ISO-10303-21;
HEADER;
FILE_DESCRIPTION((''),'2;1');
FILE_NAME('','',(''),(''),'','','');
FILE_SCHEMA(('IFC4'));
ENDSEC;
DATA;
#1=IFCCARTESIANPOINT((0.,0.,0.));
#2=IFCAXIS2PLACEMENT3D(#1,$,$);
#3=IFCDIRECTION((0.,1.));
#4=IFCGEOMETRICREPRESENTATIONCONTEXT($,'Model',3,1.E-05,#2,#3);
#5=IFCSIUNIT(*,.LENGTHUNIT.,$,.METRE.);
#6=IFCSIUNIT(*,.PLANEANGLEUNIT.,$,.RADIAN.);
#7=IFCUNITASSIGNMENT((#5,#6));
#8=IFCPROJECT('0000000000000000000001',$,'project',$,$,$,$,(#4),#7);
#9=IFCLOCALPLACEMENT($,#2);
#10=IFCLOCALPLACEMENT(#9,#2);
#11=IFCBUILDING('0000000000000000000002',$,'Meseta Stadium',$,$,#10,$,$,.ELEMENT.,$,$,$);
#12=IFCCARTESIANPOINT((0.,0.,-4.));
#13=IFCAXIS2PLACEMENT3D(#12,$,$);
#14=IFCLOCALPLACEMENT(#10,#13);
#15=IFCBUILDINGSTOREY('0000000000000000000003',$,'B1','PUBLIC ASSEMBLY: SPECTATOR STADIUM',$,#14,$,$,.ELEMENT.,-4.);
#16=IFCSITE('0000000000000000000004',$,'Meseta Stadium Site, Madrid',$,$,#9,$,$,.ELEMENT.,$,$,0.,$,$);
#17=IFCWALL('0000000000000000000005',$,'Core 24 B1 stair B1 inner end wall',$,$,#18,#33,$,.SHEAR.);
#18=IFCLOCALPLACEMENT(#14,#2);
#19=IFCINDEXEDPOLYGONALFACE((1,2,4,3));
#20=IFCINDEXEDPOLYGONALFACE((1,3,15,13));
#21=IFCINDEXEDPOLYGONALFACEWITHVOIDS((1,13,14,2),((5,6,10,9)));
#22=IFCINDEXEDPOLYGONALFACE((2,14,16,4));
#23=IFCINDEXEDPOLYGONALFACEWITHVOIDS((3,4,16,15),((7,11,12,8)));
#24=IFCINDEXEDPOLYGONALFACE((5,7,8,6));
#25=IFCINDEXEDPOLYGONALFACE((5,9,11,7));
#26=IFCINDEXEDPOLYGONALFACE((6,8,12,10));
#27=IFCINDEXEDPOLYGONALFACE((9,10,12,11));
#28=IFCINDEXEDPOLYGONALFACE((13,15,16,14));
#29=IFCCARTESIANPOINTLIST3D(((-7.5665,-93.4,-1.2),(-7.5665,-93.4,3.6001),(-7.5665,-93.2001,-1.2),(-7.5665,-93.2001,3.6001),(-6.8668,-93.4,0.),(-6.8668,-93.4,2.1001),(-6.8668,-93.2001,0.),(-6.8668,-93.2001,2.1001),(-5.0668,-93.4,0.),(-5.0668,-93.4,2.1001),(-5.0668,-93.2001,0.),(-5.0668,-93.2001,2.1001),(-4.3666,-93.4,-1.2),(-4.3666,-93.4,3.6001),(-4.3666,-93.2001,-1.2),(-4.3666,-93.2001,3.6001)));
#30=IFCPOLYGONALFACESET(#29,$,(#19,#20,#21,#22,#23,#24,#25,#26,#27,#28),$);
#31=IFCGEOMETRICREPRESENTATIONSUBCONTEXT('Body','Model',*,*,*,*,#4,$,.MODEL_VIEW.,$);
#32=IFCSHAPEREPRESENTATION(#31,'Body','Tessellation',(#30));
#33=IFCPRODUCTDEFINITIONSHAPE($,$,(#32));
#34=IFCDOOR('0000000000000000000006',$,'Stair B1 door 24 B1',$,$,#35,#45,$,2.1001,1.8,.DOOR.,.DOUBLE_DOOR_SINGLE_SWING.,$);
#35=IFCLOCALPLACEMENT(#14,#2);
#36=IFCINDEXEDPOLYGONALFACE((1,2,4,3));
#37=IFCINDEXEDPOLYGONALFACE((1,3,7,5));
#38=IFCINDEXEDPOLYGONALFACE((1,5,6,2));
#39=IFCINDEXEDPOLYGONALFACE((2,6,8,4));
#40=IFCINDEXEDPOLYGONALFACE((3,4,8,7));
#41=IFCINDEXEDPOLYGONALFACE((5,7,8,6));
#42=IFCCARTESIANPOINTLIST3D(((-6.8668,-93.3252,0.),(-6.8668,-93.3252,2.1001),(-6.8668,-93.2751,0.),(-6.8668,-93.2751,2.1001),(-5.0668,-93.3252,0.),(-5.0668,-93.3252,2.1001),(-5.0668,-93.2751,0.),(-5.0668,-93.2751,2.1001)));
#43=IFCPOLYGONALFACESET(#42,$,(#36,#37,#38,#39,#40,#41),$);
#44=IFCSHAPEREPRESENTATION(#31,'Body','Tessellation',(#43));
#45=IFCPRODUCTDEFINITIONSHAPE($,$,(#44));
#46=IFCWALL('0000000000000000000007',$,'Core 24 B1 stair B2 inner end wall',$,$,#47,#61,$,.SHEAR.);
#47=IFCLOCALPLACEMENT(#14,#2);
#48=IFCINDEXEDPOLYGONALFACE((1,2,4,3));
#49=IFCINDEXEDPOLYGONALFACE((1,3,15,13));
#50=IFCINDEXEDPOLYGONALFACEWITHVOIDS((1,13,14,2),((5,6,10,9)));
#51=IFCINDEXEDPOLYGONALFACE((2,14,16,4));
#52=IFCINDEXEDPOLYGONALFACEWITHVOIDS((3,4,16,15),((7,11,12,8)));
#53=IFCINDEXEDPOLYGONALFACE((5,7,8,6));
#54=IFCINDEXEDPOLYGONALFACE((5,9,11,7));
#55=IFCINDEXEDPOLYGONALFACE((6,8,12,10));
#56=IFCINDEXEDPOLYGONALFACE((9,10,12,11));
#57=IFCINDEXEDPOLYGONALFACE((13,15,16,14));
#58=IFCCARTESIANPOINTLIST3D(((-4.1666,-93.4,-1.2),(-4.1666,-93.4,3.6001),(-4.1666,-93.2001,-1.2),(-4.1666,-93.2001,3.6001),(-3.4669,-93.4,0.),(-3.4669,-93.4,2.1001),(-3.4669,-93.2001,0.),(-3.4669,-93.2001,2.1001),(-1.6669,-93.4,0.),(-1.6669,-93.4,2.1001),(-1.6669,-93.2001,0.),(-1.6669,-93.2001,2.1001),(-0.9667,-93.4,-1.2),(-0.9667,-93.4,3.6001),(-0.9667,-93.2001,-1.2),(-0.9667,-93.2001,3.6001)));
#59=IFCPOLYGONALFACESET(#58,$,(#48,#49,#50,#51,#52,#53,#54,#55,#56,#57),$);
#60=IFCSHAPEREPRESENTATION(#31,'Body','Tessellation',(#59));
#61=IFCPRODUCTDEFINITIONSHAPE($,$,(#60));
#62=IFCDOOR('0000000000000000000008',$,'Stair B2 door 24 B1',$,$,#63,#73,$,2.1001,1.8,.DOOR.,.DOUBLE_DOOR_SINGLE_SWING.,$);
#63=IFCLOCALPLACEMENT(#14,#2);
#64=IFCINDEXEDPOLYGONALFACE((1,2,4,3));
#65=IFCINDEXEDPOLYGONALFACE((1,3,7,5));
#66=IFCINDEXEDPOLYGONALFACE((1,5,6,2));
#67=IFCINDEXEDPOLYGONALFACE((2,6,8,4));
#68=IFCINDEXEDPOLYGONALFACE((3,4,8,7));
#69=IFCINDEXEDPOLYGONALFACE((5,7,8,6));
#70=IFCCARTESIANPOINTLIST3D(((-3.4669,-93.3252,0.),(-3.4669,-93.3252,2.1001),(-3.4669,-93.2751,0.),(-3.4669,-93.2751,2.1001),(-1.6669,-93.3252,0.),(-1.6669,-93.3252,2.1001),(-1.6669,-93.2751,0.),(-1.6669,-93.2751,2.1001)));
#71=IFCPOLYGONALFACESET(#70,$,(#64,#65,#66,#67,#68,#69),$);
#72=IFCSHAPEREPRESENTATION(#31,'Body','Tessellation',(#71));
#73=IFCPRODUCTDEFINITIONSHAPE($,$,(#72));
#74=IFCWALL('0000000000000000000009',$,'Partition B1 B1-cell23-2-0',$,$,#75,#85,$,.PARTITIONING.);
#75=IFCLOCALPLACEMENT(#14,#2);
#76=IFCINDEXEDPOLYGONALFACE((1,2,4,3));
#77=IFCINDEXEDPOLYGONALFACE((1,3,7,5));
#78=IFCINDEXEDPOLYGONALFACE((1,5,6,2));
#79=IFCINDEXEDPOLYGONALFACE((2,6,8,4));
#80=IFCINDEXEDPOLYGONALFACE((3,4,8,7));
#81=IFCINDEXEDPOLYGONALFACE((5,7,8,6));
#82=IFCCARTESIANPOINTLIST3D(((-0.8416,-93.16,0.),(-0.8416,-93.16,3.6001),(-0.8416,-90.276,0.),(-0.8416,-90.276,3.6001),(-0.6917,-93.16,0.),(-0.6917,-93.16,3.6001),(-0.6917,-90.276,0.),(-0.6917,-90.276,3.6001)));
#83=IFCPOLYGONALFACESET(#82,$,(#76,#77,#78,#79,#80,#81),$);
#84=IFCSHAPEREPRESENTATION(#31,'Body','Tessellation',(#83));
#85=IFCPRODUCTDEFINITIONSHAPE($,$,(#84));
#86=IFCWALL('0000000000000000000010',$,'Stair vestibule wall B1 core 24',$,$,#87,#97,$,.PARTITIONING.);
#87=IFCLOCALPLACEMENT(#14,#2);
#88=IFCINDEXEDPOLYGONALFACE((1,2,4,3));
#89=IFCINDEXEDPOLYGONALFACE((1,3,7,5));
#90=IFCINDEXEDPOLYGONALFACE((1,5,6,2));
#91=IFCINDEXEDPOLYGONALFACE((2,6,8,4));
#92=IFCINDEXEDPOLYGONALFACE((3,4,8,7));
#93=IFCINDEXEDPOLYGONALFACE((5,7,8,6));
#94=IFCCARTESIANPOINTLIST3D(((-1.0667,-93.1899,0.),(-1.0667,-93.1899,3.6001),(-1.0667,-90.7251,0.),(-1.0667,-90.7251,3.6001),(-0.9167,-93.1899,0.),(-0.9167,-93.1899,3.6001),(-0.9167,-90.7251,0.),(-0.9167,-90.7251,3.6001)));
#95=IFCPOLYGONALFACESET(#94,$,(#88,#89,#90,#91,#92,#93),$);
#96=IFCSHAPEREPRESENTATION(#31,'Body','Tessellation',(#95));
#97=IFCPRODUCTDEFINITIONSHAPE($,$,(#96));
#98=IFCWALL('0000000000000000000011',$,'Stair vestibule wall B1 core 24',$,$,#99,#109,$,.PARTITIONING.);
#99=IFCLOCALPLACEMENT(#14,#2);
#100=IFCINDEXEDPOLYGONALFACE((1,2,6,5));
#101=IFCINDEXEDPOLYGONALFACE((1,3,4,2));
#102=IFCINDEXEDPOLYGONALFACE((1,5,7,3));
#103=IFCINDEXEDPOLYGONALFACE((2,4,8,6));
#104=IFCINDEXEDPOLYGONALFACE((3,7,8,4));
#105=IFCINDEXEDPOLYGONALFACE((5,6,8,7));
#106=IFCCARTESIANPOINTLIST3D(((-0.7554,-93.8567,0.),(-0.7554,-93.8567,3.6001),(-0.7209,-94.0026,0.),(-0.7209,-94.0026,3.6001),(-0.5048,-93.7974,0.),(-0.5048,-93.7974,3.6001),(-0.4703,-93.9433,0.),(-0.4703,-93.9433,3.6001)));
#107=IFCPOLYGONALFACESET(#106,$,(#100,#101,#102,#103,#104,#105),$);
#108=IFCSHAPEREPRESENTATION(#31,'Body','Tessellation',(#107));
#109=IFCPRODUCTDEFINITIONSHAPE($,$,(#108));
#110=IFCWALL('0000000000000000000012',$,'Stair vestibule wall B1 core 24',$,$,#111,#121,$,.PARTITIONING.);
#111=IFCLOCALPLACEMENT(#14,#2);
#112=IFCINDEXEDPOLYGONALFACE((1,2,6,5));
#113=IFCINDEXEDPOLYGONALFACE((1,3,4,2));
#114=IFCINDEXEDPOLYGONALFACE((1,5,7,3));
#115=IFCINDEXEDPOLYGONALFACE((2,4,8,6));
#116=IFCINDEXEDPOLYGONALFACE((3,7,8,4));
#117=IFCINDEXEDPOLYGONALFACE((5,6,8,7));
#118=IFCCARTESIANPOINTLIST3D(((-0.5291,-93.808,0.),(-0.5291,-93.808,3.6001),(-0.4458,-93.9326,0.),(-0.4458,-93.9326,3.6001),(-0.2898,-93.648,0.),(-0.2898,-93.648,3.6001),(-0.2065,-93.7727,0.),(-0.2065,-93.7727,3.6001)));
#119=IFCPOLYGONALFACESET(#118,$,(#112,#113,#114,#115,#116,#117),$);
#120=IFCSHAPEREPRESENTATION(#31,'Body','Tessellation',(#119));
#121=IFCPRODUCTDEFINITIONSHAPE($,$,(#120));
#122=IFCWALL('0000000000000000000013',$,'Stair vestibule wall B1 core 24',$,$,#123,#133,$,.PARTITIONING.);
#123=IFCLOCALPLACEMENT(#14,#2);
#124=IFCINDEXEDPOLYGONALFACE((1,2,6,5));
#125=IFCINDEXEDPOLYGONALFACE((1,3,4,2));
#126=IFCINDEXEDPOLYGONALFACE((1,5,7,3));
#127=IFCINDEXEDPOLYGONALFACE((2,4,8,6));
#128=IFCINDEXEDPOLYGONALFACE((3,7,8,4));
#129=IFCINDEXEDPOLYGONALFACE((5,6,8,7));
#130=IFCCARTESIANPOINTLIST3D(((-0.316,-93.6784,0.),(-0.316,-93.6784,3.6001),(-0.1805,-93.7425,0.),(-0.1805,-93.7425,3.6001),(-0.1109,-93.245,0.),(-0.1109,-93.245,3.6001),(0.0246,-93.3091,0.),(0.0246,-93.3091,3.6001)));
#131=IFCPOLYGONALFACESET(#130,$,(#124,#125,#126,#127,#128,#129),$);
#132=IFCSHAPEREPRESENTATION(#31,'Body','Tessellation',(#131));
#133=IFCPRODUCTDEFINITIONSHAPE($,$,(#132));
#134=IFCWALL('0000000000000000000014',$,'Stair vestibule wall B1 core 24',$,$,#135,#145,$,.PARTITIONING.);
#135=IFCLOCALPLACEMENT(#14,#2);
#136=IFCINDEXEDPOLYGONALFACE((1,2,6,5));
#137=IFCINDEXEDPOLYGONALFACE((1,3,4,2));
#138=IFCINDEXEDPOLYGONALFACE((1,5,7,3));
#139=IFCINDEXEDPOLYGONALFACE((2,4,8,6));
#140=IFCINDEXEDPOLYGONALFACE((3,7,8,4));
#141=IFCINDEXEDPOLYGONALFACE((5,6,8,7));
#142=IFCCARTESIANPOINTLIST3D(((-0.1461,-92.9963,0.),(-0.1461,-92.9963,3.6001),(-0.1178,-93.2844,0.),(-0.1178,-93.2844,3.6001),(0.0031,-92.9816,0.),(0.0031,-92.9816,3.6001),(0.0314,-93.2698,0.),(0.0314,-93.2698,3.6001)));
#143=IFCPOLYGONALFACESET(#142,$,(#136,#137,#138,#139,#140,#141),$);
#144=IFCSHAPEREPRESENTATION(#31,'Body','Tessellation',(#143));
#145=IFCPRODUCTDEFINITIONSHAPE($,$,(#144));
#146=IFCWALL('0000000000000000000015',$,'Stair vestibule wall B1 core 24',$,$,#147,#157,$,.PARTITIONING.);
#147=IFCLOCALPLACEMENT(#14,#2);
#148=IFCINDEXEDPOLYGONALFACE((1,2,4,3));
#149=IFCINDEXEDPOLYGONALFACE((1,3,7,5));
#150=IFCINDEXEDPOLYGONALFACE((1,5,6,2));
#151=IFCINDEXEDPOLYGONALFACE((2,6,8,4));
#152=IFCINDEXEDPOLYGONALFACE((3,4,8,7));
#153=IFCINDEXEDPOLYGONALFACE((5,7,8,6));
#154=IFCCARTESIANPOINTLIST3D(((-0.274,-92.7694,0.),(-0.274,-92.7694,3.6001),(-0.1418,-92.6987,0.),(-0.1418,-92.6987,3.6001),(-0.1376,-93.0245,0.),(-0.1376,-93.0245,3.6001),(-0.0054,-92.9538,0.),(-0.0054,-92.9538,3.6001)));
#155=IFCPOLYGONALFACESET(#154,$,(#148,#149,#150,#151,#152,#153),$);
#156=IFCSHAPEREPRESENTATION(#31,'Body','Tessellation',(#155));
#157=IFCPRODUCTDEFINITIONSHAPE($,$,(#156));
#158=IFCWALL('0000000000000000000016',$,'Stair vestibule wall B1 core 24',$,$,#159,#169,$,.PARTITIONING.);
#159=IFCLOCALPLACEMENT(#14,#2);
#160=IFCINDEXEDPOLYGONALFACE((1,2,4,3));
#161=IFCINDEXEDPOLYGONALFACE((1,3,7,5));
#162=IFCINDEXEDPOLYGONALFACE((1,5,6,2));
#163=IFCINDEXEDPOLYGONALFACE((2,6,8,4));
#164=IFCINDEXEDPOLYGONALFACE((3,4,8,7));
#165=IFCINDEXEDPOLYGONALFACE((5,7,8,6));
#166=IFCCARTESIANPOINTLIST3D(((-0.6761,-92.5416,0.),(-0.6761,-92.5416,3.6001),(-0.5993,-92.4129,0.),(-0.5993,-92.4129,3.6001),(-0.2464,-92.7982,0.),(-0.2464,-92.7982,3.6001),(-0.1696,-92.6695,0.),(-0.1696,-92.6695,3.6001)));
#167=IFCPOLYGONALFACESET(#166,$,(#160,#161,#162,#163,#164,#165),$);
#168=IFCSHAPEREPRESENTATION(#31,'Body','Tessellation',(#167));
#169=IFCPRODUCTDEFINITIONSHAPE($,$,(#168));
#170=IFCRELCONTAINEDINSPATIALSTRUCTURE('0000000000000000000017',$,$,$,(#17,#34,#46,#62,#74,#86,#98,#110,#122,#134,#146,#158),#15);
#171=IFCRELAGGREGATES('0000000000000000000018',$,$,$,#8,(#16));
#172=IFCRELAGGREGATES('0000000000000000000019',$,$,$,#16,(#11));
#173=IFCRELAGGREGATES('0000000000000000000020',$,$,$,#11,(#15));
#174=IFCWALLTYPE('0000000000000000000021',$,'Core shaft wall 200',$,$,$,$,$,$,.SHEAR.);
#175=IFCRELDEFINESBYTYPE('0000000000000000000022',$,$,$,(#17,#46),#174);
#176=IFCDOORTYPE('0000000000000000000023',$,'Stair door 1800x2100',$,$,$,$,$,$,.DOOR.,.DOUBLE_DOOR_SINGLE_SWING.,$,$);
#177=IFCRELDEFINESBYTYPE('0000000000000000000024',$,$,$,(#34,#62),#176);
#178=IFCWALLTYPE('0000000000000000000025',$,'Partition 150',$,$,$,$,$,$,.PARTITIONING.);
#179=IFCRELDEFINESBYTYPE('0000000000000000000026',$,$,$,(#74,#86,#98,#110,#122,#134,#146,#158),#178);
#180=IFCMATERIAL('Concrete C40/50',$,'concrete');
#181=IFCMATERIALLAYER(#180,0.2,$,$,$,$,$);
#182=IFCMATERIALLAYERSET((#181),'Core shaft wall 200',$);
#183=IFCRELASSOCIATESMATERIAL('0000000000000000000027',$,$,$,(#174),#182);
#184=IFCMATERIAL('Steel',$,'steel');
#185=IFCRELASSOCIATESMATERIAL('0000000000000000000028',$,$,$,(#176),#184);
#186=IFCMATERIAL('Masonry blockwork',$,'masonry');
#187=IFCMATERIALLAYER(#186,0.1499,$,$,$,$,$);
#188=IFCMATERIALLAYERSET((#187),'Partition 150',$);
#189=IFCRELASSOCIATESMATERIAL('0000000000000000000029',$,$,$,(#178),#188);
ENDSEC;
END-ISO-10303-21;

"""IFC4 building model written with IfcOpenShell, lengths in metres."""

from ifc_helpers import new_model, si_unit, direction, frame, frame_2d, origin, place, context, subcontext, project, spatial, rectangle, extrude, material, layer, layer_set, type_object, element, fill, save


model = new_model("IFC4")

# Units and contexts
model_context = context("Model", 3, precision=1e-05, world=origin(), true_north=direction((0.0, 1.0)))
body_context = subcontext(model_context, "Body", "Model", "MODEL_VIEW")
ifc_project = project(units=[si_unit("LENGTHUNIT", "METRE"), si_unit("PLANEANGLEUNIT", "RADIAN")], contexts=[model_context])

# Site, building, storey
site_placement = place(None, origin())
site = spatial("IfcSite", under=ifc_project, at=site_placement, Name="Meseta Stadium Site, Madrid", CompositionType="ELEMENT", RefElevation=0.0)
building_placement = place(site_placement, origin())
building = spatial("IfcBuilding", under=site, at=building_placement, Name="Meseta Stadium", CompositionType="ELEMENT")
storey_placement = place(building_placement, frame((0.0, 0.0, -4.0)))
storey = spatial("IfcBuildingStorey", under=building, at=storey_placement, Name="B1", Description="PUBLIC ASSEMBLY: SPECTATOR STADIUM", CompositionType="ELEMENT", Elevation=-4.0)

# Walls, openings, doors
ifc_material_1 = material(Name="Concrete C40/50", Category="concrete")
ifc_layer_1 = layer(ifc_material_1, 0.2)
ifc_layer_set_1 = layer_set([ifc_layer_1], Name="Core shaft wall 200")
wall_type_1 = type_object("IfcWallType", Name="Core shaft wall 200", PredefinedType="SHEAR", material=ifc_layer_set_1)
wall_1_placement = place(storey_placement, frame((-7.5667, -93.3, -1.2), z_axis=(0.0, 0.0, 1.0), x_axis=(1.0, 0.0, 0.0)))
wall_1 = element("IfcWall", 1, at=wall_1_placement, inside=storey, type_object=wall_type_1, Name="Core 24 B1 stair B1 inner end wall", PredefinedType="SHEAR", context=body_context, shape_type="SweptSolid", body=[
    extrude(rectangle(XDim=3.2, YDim=0.2, at=frame_2d((1.6001, 0.0))), origin(), (0.0, 0.0, 1.0), 4.8),
])
opening_1_placement = place(wall_1_placement, frame((0.7, 0.0, 1.2)))
opening_1 = element("IfcOpeningElement", 2, at=opening_1_placement, cuts=wall_1, PredefinedType="OPENING", context=body_context, shape_type="SweptSolid", body=[
    extrude(rectangle(XDim=1.8, YDim=2.1001, at=frame_2d((0.8999, 1.05))), frame((0.0, 0.1099, 0.0), z_axis=(0.0, -1.0, 0.0), x_axis=(1.0, 0.0, 0.0)), (0.0, 0.0, 1.0), 0.22),
])
ifc_material_2 = material(Name="Steel", Category="steel")
door_type = type_object("IfcDoorType", Name="Stair door 1800x2100", OperationType="DOUBLE_DOOR_SINGLE_SWING", PredefinedType="DOOR", material=ifc_material_2)
door_1_placement = place(opening_1_placement, origin())
door_1 = element("IfcDoor", 3, at=door_1_placement, inside=storey, type_object=door_type, Name="Stair B1 door 24 B1", OperationType="DOUBLE_DOOR_SINGLE_SWING", OverallHeight=2.1001, OverallWidth=1.8, PredefinedType="DOOR", context=body_context, shape_type="SweptSolid", body=[
    extrude(rectangle(XDim=1.8, YDim=2.1001, at=frame_2d((0.8999, 1.05))), frame((0.0, 0.0249, 0.0), z_axis=(0.0, -1.0, 0.0), x_axis=(1.0, 0.0, 0.0)), (0.0, 0.0, 1.0), 0.05),
])
fill(opening_1, door_1)
wall_2_placement = place(storey_placement, frame((-4.1667, -93.3, -1.2), z_axis=(0.0, 0.0, 1.0), x_axis=(1.0, 0.0, 0.0)))
wall_2 = element("IfcWall", 4, at=wall_2_placement, inside=storey, type_object=wall_type_1, Name="Core 24 B1 stair B2 inner end wall", PredefinedType="SHEAR", context=body_context, shape_type="SweptSolid", body=[
    extrude(rectangle(XDim=3.2, YDim=0.2, at=frame_2d((1.6001, 0.0))), origin(), (0.0, 0.0, 1.0), 4.8),
])
opening_2_placement = place(wall_2_placement, frame((0.7, 0.0, 1.2)))
opening_2 = element("IfcOpeningElement", 5, at=opening_2_placement, cuts=wall_2, PredefinedType="OPENING", context=body_context, shape_type="SweptSolid", body=[
    extrude(rectangle(XDim=1.8, YDim=2.1001, at=frame_2d((0.8999, 1.05))), frame((0.0, 0.1099, 0.0), z_axis=(0.0, -1.0, 0.0), x_axis=(1.0, 0.0, 0.0)), (0.0, 0.0, 1.0), 0.22),
])
door_2_placement = place(opening_2_placement, origin())
door_2 = element("IfcDoor", 6, at=door_2_placement, inside=storey, type_object=door_type, Name="Stair B2 door 24 B1", OperationType="DOUBLE_DOOR_SINGLE_SWING", OverallHeight=2.1001, OverallWidth=1.8, PredefinedType="DOOR", context=body_context, shape_type="SweptSolid", body=[
    extrude(rectangle(XDim=1.8, YDim=2.1001, at=frame_2d((0.8999, 1.05))), frame((0.0, 0.0249, 0.0), z_axis=(0.0, -1.0, 0.0), x_axis=(1.0, 0.0, 0.0)), (0.0, 0.0, 1.0), 0.05),
])
fill(opening_2, door_2)

# Walls
ifc_material_3 = material(Name="Masonry blockwork", Category="masonry")
ifc_layer_2 = layer(ifc_material_3, 0.1499)
ifc_layer_set_2 = layer_set([ifc_layer_2], Name="Partition 150")
wall_type_2 = type_object("IfcWallType", Name="Partition 150", PredefinedType="PARTITIONING", material=ifc_layer_set_2)
wall_3_placement = place(storey_placement, frame((-0.7666, -93.1599, 0.0), z_axis=(0.0, 0.0, 1.0), x_axis=(0.0, 1.0, 0.0)))
element("IfcWall", 7, at=wall_3_placement, inside=storey, type_object=wall_type_2, Name="Partition B1 B1-cell23-2-0", PredefinedType="PARTITIONING", context=body_context, shape_type="SweptSolid", body=[
    extrude(rectangle(XDim=2.884, YDim=0.1499, at=frame_2d((1.4419, 0.0))), origin(), (0.0, 0.0, 1.0), 3.6001),
])
wall_4_placement = place(storey_placement, frame((-0.9917, -93.1899, 0.0), z_axis=(0.0, 0.0, 1.0), x_axis=(0.0, 1.0, 0.0)))
element("IfcWall", 8, at=wall_4_placement, inside=storey, type_object=wall_type_2, Name="Stair vestibule wall B1 core 24", PredefinedType="PARTITIONING", context=body_context, shape_type="SweptSolid", body=[
    extrude(rectangle(XDim=2.4648, YDim=0.1499, at=frame_2d((1.2324, 0.0))), origin(), (0.0, 0.0, 1.0), 3.6001),
])
wall_5_placement = place(storey_placement, frame((-0.7383, -93.9297, 0.0), z_axis=(0.0, 0.0, 1.0), x_axis=(0.973131, 0.230254, 0.0)))
element("IfcWall", 9, at=wall_5_placement, inside=storey, type_object=wall_type_2, Name="Stair vestibule wall B1 core 24", PredefinedType="PARTITIONING", context=body_context, shape_type="SweptSolid", body=[
    extrude(rectangle(XDim=0.2576, YDim=0.1499, at=frame_2d((0.1289, 0.0))), origin(), (0.0, 0.0, 1.0), 3.6001),
])
wall_6_placement = place(storey_placement, frame((-0.4875, -93.8704, 0.0), z_axis=(0.0, 0.0, 1.0), x_axis=(0.831397, 0.555679, 0.0)))
element("IfcWall", 10, at=wall_6_placement, inside=storey, type_object=wall_type_2, Name="Stair vestibule wall B1 core 24", PredefinedType="PARTITIONING", context=body_context, shape_type="SweptSolid", body=[
    extrude(rectangle(XDim=0.2878, YDim=0.1499, at=frame_2d((0.144, 0.0))), origin(), (0.0, 0.0, 1.0), 3.6001),
])
wall_7_placement = place(storey_placement, frame((-0.2483, -93.7104, 0.0), z_axis=(0.0, 0.0, 1.0), x_axis=(0.427758, 0.903893, 0.0)))
element("IfcWall", 11, at=wall_7_placement, inside=storey, type_object=wall_type_2, Name="Stair vestibule wall B1 core 24", PredefinedType="PARTITIONING", context=body_context, shape_type="SweptSolid", body=[
    extrude(rectangle(XDim=0.4795, YDim=0.1499, at=frame_2d((0.2397, 0.0))), origin(), (0.0, 0.0, 1.0), 3.6001),
])
wall_8_placement = place(storey_placement, frame((-0.0432, -93.2771, 0.0), z_axis=(0.0, 0.0, 1.0), x_axis=(-0.097833, 0.995203, 0.0)))
element("IfcWall", 12, at=wall_8_placement, inside=storey, type_object=wall_type_2, Name="Stair vestibule wall B1 core 24", PredefinedType="PARTITIONING", context=body_context, shape_type="SweptSolid", body=[
    extrude(rectangle(XDim=0.2896, YDim=0.1499, at=frame_2d((0.1448, 0.0))), origin(), (0.0, 0.0, 1.0), 3.6001),
])
wall_9_placement = place(storey_placement, frame((-0.0715, -92.989, 0.0), z_axis=(0.0, 0.0, 1.0), x_axis=(-0.471683, 0.881768, 0.0)))
element("IfcWall", 13, at=wall_9_placement, inside=storey, type_object=wall_type_2, Name="Stair vestibule wall B1 core 24", PredefinedType="PARTITIONING", context=body_context, shape_type="SweptSolid", body=[
    extrude(rectangle(XDim=0.2893, YDim=0.1499, at=frame_2d((0.1445, 0.0))), origin(), (0.0, 0.0, 1.0), 3.6001),
])
wall_10_placement = place(storey_placement, frame((-0.208, -92.7339, 0.0), z_axis=(0.0, 0.0, 1.0), x_axis=(-0.858567, 0.512701, 0.0)))
element("IfcWall", 14, at=wall_10_placement, inside=storey, type_object=wall_type_2, Name="Stair vestibule wall B1 core 24", PredefinedType="PARTITIONING", context=body_context, shape_type="SweptSolid", body=[
    extrude(rectangle(XDim=0.5005, YDim=0.1499, at=frame_2d((0.2502, 0.0))), origin(), (0.0, 0.0, 1.0), 3.6001),
])

save(model, "model.ifc")
